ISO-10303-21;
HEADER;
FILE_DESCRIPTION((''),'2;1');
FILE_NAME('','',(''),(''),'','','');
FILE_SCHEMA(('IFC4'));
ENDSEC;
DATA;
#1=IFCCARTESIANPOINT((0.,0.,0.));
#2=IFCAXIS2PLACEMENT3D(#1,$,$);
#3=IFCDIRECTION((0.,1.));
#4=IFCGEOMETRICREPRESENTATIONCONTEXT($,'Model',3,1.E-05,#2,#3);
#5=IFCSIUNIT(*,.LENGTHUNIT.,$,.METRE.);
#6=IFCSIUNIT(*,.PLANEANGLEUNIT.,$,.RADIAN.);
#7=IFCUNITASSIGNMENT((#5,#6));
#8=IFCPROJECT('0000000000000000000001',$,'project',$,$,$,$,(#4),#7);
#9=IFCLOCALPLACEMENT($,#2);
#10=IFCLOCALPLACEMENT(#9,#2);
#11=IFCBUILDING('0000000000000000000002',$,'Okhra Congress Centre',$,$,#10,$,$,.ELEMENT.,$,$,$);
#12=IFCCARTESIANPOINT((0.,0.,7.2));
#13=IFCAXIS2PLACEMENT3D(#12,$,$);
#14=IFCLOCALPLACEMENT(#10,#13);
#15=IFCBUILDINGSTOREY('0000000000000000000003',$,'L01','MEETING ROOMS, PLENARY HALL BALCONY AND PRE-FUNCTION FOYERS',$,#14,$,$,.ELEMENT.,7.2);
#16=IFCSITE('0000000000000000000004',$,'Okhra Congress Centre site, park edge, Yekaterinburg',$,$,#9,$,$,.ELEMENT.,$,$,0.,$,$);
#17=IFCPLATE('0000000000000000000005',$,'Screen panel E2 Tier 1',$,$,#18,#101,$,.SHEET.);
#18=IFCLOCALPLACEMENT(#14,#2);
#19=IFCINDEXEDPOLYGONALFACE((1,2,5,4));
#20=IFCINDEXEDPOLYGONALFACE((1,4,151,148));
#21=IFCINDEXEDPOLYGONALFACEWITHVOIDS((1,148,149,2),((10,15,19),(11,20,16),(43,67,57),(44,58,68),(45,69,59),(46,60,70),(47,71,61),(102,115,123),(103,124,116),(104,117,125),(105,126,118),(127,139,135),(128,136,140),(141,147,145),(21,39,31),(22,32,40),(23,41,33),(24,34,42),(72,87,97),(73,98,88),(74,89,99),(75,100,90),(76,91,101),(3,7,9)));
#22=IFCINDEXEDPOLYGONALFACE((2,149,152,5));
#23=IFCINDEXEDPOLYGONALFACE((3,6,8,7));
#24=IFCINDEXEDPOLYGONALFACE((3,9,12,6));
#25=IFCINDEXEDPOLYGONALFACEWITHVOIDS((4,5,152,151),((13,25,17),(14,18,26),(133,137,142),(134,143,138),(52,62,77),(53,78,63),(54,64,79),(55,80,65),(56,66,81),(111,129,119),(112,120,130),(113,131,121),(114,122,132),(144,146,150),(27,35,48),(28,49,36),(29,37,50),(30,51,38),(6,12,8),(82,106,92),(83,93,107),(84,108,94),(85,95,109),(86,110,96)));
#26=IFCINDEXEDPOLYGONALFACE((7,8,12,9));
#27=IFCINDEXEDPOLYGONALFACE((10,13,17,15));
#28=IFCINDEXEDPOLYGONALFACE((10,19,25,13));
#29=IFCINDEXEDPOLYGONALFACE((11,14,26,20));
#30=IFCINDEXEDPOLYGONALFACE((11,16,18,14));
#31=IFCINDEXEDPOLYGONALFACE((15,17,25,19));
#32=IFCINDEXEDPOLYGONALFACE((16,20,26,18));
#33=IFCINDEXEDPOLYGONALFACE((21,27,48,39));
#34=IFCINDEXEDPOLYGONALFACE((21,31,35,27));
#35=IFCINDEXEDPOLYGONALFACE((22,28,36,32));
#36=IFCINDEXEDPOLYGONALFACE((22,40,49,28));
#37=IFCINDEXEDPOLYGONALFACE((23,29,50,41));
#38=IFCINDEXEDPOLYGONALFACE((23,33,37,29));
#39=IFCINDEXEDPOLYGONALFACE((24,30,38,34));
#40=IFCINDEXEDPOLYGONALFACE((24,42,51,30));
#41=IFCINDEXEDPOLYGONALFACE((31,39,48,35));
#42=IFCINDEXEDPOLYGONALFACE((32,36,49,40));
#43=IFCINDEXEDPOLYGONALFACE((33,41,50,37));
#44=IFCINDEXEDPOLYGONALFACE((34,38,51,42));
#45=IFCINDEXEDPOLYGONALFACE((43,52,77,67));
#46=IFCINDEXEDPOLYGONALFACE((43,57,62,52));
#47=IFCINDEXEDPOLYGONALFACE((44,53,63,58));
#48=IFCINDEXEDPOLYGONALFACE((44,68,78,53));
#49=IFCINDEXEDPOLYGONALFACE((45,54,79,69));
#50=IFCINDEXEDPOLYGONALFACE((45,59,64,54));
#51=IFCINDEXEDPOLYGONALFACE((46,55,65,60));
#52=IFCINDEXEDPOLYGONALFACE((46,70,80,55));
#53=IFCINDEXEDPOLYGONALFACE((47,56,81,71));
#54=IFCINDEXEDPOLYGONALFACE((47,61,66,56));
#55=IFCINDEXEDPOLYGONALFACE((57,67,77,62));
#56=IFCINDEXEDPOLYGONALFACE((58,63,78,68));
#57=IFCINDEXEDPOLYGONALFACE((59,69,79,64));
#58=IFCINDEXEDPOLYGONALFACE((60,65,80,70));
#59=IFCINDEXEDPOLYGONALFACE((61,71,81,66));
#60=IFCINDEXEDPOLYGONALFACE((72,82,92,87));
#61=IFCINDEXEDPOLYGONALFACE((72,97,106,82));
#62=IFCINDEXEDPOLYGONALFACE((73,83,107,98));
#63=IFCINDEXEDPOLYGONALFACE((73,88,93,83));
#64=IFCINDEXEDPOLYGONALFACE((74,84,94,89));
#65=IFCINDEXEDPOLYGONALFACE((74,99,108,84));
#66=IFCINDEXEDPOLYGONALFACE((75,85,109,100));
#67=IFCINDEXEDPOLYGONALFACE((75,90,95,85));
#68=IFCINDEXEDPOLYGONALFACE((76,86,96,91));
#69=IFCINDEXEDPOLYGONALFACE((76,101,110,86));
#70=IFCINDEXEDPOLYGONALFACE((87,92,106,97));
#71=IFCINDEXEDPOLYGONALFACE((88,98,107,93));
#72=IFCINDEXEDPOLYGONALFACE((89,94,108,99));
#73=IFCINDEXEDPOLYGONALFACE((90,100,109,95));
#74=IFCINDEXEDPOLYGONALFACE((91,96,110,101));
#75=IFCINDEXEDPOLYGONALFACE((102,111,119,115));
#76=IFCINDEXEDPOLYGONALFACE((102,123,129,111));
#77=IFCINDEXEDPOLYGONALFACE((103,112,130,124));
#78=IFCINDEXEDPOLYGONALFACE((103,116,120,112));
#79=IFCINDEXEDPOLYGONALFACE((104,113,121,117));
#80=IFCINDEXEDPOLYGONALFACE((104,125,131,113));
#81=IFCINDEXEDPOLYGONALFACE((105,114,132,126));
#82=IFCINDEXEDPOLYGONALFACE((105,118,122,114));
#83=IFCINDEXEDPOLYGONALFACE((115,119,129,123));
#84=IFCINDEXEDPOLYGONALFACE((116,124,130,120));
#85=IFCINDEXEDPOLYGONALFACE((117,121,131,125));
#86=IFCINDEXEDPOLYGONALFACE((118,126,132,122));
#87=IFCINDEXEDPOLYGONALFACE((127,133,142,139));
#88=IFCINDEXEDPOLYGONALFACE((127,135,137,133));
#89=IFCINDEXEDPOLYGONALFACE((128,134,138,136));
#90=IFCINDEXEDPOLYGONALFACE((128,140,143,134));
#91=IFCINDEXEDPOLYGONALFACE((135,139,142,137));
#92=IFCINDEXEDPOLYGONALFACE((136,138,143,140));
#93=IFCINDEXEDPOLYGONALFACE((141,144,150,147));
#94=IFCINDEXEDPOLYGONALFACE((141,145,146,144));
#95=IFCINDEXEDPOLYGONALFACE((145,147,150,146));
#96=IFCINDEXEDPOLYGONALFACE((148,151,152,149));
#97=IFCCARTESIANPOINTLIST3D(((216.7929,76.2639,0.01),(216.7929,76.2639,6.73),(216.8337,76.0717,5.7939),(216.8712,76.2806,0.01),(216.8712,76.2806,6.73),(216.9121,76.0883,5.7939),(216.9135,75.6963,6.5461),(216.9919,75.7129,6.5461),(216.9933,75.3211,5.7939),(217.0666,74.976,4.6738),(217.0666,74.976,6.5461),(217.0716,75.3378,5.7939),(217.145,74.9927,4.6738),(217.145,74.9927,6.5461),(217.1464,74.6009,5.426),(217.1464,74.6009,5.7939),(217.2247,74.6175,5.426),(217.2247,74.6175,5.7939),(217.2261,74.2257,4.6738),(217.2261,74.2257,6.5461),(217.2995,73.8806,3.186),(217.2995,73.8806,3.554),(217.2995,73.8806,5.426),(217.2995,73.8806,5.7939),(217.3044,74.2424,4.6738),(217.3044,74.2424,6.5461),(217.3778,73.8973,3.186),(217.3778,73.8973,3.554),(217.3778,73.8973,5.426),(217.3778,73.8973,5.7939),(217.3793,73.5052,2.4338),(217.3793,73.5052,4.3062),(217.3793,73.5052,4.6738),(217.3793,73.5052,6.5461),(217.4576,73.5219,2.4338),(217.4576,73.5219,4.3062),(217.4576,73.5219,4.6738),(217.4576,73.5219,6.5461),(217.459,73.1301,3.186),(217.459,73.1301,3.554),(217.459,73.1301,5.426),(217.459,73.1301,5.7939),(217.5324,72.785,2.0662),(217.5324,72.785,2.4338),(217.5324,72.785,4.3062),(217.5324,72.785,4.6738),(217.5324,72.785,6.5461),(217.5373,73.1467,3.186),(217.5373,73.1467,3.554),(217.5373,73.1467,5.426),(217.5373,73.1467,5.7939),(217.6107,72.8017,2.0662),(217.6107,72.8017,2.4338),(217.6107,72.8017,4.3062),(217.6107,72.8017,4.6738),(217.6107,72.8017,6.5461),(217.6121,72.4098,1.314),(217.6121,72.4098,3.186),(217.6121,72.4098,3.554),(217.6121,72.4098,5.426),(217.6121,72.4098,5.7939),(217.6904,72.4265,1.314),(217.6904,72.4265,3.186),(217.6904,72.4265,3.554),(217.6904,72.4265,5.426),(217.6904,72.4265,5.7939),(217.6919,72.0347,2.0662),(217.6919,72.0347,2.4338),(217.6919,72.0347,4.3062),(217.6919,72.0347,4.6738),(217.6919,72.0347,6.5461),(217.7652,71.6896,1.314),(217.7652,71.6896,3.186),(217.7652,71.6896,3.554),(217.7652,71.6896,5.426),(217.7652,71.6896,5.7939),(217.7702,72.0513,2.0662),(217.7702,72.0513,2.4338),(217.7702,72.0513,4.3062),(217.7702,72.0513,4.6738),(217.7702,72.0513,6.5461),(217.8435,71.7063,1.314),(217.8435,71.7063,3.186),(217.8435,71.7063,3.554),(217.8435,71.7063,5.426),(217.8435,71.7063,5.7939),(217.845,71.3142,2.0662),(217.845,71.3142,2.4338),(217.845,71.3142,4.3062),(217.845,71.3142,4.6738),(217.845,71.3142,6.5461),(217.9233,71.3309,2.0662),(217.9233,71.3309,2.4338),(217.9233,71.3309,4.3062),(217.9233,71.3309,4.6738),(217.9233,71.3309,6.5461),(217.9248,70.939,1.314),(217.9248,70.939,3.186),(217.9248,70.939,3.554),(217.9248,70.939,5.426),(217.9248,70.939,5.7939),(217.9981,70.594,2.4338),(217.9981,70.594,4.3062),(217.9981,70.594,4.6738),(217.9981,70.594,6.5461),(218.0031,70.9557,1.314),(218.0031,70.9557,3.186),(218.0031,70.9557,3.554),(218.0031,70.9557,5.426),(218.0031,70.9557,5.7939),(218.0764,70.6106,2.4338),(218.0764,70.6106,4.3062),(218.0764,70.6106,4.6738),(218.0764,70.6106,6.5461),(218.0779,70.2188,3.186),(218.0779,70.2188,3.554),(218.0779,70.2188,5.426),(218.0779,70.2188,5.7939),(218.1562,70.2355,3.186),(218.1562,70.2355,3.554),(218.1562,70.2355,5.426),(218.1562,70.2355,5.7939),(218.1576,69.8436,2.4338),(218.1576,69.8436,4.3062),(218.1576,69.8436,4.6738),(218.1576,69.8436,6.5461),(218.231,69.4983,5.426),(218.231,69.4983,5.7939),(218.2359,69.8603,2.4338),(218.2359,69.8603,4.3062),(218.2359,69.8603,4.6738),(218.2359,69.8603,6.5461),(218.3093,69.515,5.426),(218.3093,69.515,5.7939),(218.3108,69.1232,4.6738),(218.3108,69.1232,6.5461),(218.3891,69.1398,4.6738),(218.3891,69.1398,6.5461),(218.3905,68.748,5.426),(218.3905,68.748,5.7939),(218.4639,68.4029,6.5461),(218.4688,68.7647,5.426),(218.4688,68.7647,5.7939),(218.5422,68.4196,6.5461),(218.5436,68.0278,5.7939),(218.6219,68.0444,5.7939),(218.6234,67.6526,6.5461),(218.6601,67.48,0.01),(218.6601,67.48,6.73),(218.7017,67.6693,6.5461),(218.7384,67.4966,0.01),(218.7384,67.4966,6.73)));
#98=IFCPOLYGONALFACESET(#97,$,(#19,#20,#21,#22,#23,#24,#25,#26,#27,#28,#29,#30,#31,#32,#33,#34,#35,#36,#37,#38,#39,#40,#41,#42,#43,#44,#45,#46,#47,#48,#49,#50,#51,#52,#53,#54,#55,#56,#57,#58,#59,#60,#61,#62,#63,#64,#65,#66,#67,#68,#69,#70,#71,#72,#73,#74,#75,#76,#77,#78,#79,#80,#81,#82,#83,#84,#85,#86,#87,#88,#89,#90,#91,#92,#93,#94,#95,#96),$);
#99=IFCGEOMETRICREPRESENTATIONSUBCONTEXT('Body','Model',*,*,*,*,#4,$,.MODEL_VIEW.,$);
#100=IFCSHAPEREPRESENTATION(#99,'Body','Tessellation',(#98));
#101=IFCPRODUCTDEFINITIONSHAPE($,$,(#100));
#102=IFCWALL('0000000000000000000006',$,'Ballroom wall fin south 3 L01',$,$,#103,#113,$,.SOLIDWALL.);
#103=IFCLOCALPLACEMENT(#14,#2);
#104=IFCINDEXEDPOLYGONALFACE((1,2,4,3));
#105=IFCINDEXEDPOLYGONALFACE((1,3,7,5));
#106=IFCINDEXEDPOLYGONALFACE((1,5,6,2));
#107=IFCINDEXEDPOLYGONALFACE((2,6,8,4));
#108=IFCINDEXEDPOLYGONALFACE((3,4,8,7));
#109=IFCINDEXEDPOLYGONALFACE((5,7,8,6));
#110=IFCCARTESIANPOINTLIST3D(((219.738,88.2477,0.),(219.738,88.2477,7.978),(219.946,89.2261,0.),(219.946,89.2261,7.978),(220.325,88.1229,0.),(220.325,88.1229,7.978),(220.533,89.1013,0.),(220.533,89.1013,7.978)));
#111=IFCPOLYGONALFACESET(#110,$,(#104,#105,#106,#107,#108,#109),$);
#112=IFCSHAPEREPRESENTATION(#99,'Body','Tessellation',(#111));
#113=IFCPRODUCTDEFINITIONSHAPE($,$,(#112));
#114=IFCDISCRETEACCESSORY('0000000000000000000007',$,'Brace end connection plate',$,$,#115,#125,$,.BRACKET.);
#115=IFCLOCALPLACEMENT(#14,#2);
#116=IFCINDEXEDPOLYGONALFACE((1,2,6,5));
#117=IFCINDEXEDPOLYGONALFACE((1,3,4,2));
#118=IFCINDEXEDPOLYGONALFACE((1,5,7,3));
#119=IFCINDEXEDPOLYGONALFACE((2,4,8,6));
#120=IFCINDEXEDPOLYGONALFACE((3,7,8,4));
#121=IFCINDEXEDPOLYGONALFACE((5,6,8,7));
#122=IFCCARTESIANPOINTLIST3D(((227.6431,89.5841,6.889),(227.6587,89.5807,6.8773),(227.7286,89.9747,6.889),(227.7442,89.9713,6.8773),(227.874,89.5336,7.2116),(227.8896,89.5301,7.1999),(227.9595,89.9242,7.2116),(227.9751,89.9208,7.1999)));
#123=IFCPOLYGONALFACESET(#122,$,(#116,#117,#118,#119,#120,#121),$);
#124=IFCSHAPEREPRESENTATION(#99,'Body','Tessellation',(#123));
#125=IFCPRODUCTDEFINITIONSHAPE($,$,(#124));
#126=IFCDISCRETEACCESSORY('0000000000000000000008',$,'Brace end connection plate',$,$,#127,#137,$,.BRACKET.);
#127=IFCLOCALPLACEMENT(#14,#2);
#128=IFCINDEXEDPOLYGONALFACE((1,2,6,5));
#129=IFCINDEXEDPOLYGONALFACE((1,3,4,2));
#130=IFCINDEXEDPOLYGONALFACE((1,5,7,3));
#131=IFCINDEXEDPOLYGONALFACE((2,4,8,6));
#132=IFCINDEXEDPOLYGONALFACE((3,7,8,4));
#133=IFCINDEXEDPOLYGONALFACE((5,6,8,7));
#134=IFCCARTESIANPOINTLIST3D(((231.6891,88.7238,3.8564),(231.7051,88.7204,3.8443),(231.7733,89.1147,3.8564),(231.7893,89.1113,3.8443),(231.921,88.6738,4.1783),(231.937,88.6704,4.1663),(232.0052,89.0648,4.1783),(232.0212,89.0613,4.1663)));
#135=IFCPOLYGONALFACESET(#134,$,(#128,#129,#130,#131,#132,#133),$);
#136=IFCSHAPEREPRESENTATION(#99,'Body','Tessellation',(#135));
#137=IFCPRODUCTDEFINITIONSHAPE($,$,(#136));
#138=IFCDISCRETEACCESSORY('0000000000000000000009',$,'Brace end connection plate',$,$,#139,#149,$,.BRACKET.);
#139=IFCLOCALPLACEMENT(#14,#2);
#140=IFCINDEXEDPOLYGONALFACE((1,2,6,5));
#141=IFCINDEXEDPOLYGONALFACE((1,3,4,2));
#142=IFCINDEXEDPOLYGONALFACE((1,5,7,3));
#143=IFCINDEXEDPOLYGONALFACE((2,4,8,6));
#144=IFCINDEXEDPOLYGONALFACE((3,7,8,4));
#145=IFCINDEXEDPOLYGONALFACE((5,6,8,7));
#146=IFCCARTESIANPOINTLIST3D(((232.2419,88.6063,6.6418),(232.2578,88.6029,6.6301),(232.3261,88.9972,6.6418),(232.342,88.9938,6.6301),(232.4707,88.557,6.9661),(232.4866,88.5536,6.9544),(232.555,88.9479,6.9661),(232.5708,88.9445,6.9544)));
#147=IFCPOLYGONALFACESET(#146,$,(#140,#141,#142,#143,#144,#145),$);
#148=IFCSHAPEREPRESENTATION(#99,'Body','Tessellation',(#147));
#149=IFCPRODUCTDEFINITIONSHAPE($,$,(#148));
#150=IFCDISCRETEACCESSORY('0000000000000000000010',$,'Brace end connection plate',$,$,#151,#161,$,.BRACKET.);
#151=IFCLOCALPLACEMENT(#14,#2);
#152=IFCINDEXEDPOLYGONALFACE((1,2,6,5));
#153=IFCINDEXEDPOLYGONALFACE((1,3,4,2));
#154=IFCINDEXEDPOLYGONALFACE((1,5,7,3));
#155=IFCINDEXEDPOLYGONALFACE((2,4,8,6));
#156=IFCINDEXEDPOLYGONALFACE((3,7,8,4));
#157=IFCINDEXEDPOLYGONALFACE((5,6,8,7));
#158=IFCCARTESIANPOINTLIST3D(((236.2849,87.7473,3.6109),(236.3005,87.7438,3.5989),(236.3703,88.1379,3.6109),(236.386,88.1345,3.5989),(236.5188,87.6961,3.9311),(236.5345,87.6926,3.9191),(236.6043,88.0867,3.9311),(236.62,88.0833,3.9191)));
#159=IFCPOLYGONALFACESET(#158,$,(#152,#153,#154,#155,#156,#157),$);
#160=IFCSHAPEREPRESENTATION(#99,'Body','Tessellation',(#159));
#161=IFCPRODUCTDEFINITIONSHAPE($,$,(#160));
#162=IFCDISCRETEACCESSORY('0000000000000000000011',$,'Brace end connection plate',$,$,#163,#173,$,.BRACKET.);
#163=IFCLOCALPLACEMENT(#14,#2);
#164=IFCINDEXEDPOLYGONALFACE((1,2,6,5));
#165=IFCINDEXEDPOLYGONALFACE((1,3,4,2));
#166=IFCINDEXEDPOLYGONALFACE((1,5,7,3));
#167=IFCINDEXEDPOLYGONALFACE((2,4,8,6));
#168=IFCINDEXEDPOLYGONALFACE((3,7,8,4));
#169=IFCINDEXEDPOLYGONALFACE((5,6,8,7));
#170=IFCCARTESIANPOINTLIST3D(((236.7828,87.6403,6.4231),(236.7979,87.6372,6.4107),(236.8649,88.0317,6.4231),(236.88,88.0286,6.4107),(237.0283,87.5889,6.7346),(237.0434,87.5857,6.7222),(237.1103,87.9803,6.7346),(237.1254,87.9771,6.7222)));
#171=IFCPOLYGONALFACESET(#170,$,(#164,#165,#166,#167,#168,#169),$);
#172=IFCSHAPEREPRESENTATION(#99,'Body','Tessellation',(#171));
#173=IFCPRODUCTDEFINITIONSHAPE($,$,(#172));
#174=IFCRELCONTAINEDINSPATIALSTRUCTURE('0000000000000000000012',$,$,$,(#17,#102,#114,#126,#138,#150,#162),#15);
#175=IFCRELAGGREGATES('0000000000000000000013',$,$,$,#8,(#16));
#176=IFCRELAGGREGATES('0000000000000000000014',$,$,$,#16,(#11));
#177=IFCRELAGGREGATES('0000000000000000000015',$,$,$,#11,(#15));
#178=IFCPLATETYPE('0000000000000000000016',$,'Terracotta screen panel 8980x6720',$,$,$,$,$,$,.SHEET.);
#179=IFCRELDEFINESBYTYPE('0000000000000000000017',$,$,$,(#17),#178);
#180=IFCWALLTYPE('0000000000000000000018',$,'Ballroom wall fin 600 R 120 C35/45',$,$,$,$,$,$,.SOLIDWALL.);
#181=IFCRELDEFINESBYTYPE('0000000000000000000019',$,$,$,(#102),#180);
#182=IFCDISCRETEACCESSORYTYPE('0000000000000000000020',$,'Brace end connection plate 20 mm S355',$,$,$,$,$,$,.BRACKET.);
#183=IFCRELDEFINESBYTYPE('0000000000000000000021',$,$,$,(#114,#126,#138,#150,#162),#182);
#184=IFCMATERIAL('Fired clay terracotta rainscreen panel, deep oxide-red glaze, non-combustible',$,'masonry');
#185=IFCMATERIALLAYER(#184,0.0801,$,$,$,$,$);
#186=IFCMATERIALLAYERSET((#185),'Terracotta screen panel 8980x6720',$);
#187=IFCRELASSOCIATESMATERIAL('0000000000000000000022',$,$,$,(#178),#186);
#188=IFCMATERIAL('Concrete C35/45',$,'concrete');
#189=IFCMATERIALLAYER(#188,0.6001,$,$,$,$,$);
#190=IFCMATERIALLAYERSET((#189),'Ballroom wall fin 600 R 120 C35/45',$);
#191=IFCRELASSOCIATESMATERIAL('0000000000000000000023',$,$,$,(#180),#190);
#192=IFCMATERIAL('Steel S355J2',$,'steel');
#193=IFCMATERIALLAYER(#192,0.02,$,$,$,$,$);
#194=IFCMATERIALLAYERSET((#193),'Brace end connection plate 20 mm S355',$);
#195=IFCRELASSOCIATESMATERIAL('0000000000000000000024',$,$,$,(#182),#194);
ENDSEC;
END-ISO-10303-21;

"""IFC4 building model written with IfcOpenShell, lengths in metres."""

from ifc_helpers import new_model, si_unit, direction, frame, frame_2d, origin, origin_2d, place, context, subcontext, project, spatial, polyline, rectangle, outline, extrude, material, layer, layer_set, type_object, element, save


model = new_model("IFC4")

# Units and contexts
model_context = context("Model", 3, precision=1e-05, world=origin(), true_north=direction((0.0, 1.0)))
body_context = subcontext(model_context, "Body", "Model", "MODEL_VIEW")
ifc_project = project(units=[si_unit("LENGTHUNIT", "METRE"), si_unit("PLANEANGLEUNIT", "RADIAN")], contexts=[model_context])

# Site, building, storey
site_placement = place(None, origin())
site = spatial("IfcSite", under=ifc_project, at=site_placement, Name="Okhra Congress Centre site, park edge, Yekaterinburg", CompositionType="ELEMENT", RefElevation=0.0)
building_placement = place(site_placement, origin())
building = spatial("IfcBuilding", under=site, at=building_placement, Name="Okhra Congress Centre", CompositionType="ELEMENT")
storey_placement = place(building_placement, frame((0.0, 0.0, 7.2)))
storey = spatial("IfcBuildingStorey", under=building, at=storey_placement, Name="L01", Description="MEETING ROOMS, PLENARY HALL BALCONY AND PRE-FUNCTION FOYERS", CompositionType="ELEMENT", Elevation=7.2)

# Shared definitions
ifc_material_1 = material(Name="Steel S355J2", Category="steel")

# Plate
ifc_material_2 = material(Name="Fired clay terracotta rainscreen panel, deep oxide-red glaze, non-combustible", Category="masonry")
ifc_layer_1 = layer(ifc_material_2, 0.0801)
ifc_layer_set_1 = layer_set([ifc_layer_1], Name="Terracotta screen panel 8980x6720")
plate_type_1 = type_object("IfcPlateType", Name="Terracotta screen panel 8980x6720", PredefinedType="SHEET", material=ifc_layer_set_1)
plate_1_placement = place(storey_placement, frame((218.6992, 67.4883, 0.01), z_axis=(0.0, 0.0, 1.0), x_axis=(-0.207923, 0.978145, 0.0)))
element("IfcPlate", 1, at=plate_1_placement, inside=storey, type_object=plate_type_1, Name="Screen panel E2 Tier 1", PredefinedType="SHEET", context=body_context, shape_type="SweptSolid", body=[
    extrude(outline(polyline([(0.0, 0.0), (8.9802, 0.0), (8.9802, 6.72), (0.0, 6.72), (0.0, 0.0)]), holes=[polyline([(3.5364, 1.304), (4.3037, 1.304), (3.9199, 2.0562), (3.5364, 1.304)]), polyline([(4.6565, 2.0562), (5.04, 1.304), (5.4236, 2.0562), (4.6565, 2.0562)]), polyline([(2.4165, 2.4238), (3.1836, 2.4238), (2.8, 3.176), (2.4165, 2.4238)]), polyline([(3.5364, 3.176), (3.9199, 2.4238), (4.3037, 3.176), (3.5364, 3.176)]), polyline([(4.6565, 2.4238), (5.4236, 2.4238), (5.04, 3.176), (4.6565, 2.4238)]), polyline([(5.7764, 3.176), (6.1599, 2.4238), (6.5437, 3.176), (5.7764, 3.176)]), polyline([(2.4165, 4.2961), (2.8, 3.5439), (3.1836, 4.2961), (2.4165, 4.2961)]), polyline([(3.5364, 3.5439), (4.3037, 3.5439), (3.9199, 4.2961), (3.5364, 3.5439)]), polyline([(4.6565, 4.2961), (5.04, 3.5439), (5.4236, 4.2961), (4.6565, 4.2961)]), polyline([(5.7764, 3.5439), (6.5437, 3.5439), (6.1599, 4.2961), (5.7764, 3.5439)]), polyline([(1.2964, 5.416), (1.6799, 4.6638), (2.0635, 5.416), (1.2964, 5.416)]), polyline([(2.4165, 4.6638), (3.1836, 4.6638), (2.8, 5.416), (2.4165, 4.6638)]), polyline([(3.5364, 5.416), (3.9199, 4.6638), (4.3037, 5.416), (3.5364, 5.416)]), polyline([(4.6565, 4.6638), (5.4236, 4.6638), (5.04, 5.416), (4.6565, 4.6638)]), polyline([(5.7764, 5.416), (6.1599, 4.6638), (6.5437, 5.416), (5.7764, 5.416)]), polyline([(6.8965, 4.6638), (7.6636, 4.6638), (7.28, 5.416), (6.8965, 4.6638)]), polyline([(0.1765, 6.5361), (0.5601, 5.7839), (0.9436, 6.5361), (0.1765, 6.5361)]), polyline([(1.2964, 5.7839), (2.0635, 5.7839), (1.6799, 6.5361), (1.2964, 5.7839)]), polyline([(2.4165, 6.5361), (2.8, 5.7839), (3.1836, 6.5361), (2.4165, 6.5361)]), polyline([(3.5364, 5.7839), (4.3037, 5.7839), (3.9199, 6.5361), (3.5364, 5.7839)]), polyline([(4.6565, 6.5361), (5.04, 5.7839), (5.4236, 6.5361), (4.6565, 6.5361)]), polyline([(5.7764, 5.7839), (6.5437, 5.7839), (6.1599, 6.5361), (5.7764, 5.7839)]), polyline([(6.8965, 6.5361), (7.28, 5.7839), (7.6636, 6.5361), (6.8965, 6.5361)]), polyline([(8.0164, 5.7839), (8.7837, 5.7839), (8.3999, 6.5361), (8.0164, 5.7839)])]), frame((0.0, 0.04, 0.0), z_axis=(0.0, -1.0, 0.0), x_axis=(1.0, 0.0, 0.0)), (0.0, 0.0, 1.0), 0.0801),
])

# Wall
ifc_material_3 = material(Name="Concrete C35/45", Category="concrete")
ifc_layer_2 = layer(ifc_material_3, 0.6001)
ifc_layer_set_2 = layer_set([ifc_layer_2], Name="Ballroom wall fin 600 R 120 C35/45")
wall_type = type_object("IfcWallType", Name="Ballroom wall fin 600 R 120 C35/45", PredefinedType="SOLIDWALL", material=ifc_layer_set_2)
wall_placement = place(storey_placement, frame((220.2395, 89.1636, 0.0), z_axis=(0.0, 0.0, 1.0), x_axis=(-0.207978, -0.978133, 0.0)))
element("IfcWall", 2, at=wall_placement, inside=storey, type_object=wall_type, Name="Ballroom wall fin south 3 L01", PredefinedType="SOLIDWALL", context=body_context, shape_type="SweptSolid", body=[
    extrude(rectangle(XDim=1.0002, YDim=0.6001, at=frame_2d((0.5, 0.0))), origin(), (0.0, 0.0, 1.0), 7.978),
])

# Discrete accessories
ifc_layer_3 = layer(ifc_material_1, 0.02)
ifc_layer_set_3 = layer_set([ifc_layer_3], Name="Brace end connection plate 20 mm S355")
discrete_accessory_type = type_object("IfcDiscreteAccessoryType", Name="Brace end connection plate 20 mm S355", PredefinedType="BRACKET", material=ifc_layer_set_3)
discrete_accessory_1_placement = place(storey_placement, frame((227.8169, 89.7507, 7.0386), z_axis=(-0.788024, 0.17238, 0.591018), x_axis=(-0.213697, -0.9769, 0.0)))
element("IfcDiscreteAccessory", 3, at=discrete_accessory_1_placement, inside=storey, type_object=discrete_accessory_type, Name="Brace end connection plate", PredefinedType="BRACKET", context=body_context, shape_type="SweptSolid", body=[
    extrude(rectangle(XDim=0.3999, YDim=0.3999, at=origin_2d()), origin(), (0.0, 0.0, 1.0), 0.0198),
])
discrete_accessory_2_placement = place(storey_placement, frame((231.8472, 88.8943, 4.0173), z_axis=(0.786969, -0.169501, -0.593253), x_axis=(0.210556, 0.977582, 0.0)))
element("IfcDiscreteAccessory", 4, at=discrete_accessory_2_placement, inside=storey, type_object=discrete_accessory_type, Name="Brace end connection plate", PredefinedType="BRACKET", context=body_context, shape_type="SweptSolid", body=[
    extrude(rectangle(XDim=0.3999, YDim=0.3999, at=origin_2d()), origin(), (0.0, 0.0, 1.0), 0.0203),
])
for number, where, z_axis, x_axis, name in (
    (5, (232.4143, 88.7737, 6.7922), (-0.792624, 0.170719, 0.585322), (-0.210556, -0.977582, 0.0), "Brace end connection plate"),
    (6, (236.4446, 87.917, 3.771), (0.782293, -0.171127, -0.598943), (0.213697, 0.9769, 0.0), "Brace end connection plate"),
):
    element("IfcDiscreteAccessory", number, at=place(storey_placement, frame(where, z_axis=z_axis, x_axis=x_axis)), inside=storey, type_object=discrete_accessory_type, Name=name, PredefinedType="BRACKET", context=body_context, shape_type="SweptSolid", body=[
        extrude(rectangle(XDim=0.3999, YDim=0.3999, at=origin_2d()), origin(), (0.0, 0.0, 1.0), 0.02),
    ])
discrete_accessory_3_placement = place(storey_placement, frame((236.9617, 87.8071, 6.5664), z_axis=(-0.762359, 0.159849, 0.627102), x_axis=(-0.205215, -0.978717, 0.0)))
element("IfcDiscreteAccessory", 7, at=discrete_accessory_3_placement, inside=storey, type_object=discrete_accessory_type, Name="Brace end connection plate", PredefinedType="BRACKET", context=body_context, shape_type="SweptSolid", body=[
    extrude(rectangle(XDim=0.3999, YDim=0.3999, at=origin_2d()), origin(), (0.0, 0.0, 1.0), 0.0198),
])

save(model, "model.ifc")
